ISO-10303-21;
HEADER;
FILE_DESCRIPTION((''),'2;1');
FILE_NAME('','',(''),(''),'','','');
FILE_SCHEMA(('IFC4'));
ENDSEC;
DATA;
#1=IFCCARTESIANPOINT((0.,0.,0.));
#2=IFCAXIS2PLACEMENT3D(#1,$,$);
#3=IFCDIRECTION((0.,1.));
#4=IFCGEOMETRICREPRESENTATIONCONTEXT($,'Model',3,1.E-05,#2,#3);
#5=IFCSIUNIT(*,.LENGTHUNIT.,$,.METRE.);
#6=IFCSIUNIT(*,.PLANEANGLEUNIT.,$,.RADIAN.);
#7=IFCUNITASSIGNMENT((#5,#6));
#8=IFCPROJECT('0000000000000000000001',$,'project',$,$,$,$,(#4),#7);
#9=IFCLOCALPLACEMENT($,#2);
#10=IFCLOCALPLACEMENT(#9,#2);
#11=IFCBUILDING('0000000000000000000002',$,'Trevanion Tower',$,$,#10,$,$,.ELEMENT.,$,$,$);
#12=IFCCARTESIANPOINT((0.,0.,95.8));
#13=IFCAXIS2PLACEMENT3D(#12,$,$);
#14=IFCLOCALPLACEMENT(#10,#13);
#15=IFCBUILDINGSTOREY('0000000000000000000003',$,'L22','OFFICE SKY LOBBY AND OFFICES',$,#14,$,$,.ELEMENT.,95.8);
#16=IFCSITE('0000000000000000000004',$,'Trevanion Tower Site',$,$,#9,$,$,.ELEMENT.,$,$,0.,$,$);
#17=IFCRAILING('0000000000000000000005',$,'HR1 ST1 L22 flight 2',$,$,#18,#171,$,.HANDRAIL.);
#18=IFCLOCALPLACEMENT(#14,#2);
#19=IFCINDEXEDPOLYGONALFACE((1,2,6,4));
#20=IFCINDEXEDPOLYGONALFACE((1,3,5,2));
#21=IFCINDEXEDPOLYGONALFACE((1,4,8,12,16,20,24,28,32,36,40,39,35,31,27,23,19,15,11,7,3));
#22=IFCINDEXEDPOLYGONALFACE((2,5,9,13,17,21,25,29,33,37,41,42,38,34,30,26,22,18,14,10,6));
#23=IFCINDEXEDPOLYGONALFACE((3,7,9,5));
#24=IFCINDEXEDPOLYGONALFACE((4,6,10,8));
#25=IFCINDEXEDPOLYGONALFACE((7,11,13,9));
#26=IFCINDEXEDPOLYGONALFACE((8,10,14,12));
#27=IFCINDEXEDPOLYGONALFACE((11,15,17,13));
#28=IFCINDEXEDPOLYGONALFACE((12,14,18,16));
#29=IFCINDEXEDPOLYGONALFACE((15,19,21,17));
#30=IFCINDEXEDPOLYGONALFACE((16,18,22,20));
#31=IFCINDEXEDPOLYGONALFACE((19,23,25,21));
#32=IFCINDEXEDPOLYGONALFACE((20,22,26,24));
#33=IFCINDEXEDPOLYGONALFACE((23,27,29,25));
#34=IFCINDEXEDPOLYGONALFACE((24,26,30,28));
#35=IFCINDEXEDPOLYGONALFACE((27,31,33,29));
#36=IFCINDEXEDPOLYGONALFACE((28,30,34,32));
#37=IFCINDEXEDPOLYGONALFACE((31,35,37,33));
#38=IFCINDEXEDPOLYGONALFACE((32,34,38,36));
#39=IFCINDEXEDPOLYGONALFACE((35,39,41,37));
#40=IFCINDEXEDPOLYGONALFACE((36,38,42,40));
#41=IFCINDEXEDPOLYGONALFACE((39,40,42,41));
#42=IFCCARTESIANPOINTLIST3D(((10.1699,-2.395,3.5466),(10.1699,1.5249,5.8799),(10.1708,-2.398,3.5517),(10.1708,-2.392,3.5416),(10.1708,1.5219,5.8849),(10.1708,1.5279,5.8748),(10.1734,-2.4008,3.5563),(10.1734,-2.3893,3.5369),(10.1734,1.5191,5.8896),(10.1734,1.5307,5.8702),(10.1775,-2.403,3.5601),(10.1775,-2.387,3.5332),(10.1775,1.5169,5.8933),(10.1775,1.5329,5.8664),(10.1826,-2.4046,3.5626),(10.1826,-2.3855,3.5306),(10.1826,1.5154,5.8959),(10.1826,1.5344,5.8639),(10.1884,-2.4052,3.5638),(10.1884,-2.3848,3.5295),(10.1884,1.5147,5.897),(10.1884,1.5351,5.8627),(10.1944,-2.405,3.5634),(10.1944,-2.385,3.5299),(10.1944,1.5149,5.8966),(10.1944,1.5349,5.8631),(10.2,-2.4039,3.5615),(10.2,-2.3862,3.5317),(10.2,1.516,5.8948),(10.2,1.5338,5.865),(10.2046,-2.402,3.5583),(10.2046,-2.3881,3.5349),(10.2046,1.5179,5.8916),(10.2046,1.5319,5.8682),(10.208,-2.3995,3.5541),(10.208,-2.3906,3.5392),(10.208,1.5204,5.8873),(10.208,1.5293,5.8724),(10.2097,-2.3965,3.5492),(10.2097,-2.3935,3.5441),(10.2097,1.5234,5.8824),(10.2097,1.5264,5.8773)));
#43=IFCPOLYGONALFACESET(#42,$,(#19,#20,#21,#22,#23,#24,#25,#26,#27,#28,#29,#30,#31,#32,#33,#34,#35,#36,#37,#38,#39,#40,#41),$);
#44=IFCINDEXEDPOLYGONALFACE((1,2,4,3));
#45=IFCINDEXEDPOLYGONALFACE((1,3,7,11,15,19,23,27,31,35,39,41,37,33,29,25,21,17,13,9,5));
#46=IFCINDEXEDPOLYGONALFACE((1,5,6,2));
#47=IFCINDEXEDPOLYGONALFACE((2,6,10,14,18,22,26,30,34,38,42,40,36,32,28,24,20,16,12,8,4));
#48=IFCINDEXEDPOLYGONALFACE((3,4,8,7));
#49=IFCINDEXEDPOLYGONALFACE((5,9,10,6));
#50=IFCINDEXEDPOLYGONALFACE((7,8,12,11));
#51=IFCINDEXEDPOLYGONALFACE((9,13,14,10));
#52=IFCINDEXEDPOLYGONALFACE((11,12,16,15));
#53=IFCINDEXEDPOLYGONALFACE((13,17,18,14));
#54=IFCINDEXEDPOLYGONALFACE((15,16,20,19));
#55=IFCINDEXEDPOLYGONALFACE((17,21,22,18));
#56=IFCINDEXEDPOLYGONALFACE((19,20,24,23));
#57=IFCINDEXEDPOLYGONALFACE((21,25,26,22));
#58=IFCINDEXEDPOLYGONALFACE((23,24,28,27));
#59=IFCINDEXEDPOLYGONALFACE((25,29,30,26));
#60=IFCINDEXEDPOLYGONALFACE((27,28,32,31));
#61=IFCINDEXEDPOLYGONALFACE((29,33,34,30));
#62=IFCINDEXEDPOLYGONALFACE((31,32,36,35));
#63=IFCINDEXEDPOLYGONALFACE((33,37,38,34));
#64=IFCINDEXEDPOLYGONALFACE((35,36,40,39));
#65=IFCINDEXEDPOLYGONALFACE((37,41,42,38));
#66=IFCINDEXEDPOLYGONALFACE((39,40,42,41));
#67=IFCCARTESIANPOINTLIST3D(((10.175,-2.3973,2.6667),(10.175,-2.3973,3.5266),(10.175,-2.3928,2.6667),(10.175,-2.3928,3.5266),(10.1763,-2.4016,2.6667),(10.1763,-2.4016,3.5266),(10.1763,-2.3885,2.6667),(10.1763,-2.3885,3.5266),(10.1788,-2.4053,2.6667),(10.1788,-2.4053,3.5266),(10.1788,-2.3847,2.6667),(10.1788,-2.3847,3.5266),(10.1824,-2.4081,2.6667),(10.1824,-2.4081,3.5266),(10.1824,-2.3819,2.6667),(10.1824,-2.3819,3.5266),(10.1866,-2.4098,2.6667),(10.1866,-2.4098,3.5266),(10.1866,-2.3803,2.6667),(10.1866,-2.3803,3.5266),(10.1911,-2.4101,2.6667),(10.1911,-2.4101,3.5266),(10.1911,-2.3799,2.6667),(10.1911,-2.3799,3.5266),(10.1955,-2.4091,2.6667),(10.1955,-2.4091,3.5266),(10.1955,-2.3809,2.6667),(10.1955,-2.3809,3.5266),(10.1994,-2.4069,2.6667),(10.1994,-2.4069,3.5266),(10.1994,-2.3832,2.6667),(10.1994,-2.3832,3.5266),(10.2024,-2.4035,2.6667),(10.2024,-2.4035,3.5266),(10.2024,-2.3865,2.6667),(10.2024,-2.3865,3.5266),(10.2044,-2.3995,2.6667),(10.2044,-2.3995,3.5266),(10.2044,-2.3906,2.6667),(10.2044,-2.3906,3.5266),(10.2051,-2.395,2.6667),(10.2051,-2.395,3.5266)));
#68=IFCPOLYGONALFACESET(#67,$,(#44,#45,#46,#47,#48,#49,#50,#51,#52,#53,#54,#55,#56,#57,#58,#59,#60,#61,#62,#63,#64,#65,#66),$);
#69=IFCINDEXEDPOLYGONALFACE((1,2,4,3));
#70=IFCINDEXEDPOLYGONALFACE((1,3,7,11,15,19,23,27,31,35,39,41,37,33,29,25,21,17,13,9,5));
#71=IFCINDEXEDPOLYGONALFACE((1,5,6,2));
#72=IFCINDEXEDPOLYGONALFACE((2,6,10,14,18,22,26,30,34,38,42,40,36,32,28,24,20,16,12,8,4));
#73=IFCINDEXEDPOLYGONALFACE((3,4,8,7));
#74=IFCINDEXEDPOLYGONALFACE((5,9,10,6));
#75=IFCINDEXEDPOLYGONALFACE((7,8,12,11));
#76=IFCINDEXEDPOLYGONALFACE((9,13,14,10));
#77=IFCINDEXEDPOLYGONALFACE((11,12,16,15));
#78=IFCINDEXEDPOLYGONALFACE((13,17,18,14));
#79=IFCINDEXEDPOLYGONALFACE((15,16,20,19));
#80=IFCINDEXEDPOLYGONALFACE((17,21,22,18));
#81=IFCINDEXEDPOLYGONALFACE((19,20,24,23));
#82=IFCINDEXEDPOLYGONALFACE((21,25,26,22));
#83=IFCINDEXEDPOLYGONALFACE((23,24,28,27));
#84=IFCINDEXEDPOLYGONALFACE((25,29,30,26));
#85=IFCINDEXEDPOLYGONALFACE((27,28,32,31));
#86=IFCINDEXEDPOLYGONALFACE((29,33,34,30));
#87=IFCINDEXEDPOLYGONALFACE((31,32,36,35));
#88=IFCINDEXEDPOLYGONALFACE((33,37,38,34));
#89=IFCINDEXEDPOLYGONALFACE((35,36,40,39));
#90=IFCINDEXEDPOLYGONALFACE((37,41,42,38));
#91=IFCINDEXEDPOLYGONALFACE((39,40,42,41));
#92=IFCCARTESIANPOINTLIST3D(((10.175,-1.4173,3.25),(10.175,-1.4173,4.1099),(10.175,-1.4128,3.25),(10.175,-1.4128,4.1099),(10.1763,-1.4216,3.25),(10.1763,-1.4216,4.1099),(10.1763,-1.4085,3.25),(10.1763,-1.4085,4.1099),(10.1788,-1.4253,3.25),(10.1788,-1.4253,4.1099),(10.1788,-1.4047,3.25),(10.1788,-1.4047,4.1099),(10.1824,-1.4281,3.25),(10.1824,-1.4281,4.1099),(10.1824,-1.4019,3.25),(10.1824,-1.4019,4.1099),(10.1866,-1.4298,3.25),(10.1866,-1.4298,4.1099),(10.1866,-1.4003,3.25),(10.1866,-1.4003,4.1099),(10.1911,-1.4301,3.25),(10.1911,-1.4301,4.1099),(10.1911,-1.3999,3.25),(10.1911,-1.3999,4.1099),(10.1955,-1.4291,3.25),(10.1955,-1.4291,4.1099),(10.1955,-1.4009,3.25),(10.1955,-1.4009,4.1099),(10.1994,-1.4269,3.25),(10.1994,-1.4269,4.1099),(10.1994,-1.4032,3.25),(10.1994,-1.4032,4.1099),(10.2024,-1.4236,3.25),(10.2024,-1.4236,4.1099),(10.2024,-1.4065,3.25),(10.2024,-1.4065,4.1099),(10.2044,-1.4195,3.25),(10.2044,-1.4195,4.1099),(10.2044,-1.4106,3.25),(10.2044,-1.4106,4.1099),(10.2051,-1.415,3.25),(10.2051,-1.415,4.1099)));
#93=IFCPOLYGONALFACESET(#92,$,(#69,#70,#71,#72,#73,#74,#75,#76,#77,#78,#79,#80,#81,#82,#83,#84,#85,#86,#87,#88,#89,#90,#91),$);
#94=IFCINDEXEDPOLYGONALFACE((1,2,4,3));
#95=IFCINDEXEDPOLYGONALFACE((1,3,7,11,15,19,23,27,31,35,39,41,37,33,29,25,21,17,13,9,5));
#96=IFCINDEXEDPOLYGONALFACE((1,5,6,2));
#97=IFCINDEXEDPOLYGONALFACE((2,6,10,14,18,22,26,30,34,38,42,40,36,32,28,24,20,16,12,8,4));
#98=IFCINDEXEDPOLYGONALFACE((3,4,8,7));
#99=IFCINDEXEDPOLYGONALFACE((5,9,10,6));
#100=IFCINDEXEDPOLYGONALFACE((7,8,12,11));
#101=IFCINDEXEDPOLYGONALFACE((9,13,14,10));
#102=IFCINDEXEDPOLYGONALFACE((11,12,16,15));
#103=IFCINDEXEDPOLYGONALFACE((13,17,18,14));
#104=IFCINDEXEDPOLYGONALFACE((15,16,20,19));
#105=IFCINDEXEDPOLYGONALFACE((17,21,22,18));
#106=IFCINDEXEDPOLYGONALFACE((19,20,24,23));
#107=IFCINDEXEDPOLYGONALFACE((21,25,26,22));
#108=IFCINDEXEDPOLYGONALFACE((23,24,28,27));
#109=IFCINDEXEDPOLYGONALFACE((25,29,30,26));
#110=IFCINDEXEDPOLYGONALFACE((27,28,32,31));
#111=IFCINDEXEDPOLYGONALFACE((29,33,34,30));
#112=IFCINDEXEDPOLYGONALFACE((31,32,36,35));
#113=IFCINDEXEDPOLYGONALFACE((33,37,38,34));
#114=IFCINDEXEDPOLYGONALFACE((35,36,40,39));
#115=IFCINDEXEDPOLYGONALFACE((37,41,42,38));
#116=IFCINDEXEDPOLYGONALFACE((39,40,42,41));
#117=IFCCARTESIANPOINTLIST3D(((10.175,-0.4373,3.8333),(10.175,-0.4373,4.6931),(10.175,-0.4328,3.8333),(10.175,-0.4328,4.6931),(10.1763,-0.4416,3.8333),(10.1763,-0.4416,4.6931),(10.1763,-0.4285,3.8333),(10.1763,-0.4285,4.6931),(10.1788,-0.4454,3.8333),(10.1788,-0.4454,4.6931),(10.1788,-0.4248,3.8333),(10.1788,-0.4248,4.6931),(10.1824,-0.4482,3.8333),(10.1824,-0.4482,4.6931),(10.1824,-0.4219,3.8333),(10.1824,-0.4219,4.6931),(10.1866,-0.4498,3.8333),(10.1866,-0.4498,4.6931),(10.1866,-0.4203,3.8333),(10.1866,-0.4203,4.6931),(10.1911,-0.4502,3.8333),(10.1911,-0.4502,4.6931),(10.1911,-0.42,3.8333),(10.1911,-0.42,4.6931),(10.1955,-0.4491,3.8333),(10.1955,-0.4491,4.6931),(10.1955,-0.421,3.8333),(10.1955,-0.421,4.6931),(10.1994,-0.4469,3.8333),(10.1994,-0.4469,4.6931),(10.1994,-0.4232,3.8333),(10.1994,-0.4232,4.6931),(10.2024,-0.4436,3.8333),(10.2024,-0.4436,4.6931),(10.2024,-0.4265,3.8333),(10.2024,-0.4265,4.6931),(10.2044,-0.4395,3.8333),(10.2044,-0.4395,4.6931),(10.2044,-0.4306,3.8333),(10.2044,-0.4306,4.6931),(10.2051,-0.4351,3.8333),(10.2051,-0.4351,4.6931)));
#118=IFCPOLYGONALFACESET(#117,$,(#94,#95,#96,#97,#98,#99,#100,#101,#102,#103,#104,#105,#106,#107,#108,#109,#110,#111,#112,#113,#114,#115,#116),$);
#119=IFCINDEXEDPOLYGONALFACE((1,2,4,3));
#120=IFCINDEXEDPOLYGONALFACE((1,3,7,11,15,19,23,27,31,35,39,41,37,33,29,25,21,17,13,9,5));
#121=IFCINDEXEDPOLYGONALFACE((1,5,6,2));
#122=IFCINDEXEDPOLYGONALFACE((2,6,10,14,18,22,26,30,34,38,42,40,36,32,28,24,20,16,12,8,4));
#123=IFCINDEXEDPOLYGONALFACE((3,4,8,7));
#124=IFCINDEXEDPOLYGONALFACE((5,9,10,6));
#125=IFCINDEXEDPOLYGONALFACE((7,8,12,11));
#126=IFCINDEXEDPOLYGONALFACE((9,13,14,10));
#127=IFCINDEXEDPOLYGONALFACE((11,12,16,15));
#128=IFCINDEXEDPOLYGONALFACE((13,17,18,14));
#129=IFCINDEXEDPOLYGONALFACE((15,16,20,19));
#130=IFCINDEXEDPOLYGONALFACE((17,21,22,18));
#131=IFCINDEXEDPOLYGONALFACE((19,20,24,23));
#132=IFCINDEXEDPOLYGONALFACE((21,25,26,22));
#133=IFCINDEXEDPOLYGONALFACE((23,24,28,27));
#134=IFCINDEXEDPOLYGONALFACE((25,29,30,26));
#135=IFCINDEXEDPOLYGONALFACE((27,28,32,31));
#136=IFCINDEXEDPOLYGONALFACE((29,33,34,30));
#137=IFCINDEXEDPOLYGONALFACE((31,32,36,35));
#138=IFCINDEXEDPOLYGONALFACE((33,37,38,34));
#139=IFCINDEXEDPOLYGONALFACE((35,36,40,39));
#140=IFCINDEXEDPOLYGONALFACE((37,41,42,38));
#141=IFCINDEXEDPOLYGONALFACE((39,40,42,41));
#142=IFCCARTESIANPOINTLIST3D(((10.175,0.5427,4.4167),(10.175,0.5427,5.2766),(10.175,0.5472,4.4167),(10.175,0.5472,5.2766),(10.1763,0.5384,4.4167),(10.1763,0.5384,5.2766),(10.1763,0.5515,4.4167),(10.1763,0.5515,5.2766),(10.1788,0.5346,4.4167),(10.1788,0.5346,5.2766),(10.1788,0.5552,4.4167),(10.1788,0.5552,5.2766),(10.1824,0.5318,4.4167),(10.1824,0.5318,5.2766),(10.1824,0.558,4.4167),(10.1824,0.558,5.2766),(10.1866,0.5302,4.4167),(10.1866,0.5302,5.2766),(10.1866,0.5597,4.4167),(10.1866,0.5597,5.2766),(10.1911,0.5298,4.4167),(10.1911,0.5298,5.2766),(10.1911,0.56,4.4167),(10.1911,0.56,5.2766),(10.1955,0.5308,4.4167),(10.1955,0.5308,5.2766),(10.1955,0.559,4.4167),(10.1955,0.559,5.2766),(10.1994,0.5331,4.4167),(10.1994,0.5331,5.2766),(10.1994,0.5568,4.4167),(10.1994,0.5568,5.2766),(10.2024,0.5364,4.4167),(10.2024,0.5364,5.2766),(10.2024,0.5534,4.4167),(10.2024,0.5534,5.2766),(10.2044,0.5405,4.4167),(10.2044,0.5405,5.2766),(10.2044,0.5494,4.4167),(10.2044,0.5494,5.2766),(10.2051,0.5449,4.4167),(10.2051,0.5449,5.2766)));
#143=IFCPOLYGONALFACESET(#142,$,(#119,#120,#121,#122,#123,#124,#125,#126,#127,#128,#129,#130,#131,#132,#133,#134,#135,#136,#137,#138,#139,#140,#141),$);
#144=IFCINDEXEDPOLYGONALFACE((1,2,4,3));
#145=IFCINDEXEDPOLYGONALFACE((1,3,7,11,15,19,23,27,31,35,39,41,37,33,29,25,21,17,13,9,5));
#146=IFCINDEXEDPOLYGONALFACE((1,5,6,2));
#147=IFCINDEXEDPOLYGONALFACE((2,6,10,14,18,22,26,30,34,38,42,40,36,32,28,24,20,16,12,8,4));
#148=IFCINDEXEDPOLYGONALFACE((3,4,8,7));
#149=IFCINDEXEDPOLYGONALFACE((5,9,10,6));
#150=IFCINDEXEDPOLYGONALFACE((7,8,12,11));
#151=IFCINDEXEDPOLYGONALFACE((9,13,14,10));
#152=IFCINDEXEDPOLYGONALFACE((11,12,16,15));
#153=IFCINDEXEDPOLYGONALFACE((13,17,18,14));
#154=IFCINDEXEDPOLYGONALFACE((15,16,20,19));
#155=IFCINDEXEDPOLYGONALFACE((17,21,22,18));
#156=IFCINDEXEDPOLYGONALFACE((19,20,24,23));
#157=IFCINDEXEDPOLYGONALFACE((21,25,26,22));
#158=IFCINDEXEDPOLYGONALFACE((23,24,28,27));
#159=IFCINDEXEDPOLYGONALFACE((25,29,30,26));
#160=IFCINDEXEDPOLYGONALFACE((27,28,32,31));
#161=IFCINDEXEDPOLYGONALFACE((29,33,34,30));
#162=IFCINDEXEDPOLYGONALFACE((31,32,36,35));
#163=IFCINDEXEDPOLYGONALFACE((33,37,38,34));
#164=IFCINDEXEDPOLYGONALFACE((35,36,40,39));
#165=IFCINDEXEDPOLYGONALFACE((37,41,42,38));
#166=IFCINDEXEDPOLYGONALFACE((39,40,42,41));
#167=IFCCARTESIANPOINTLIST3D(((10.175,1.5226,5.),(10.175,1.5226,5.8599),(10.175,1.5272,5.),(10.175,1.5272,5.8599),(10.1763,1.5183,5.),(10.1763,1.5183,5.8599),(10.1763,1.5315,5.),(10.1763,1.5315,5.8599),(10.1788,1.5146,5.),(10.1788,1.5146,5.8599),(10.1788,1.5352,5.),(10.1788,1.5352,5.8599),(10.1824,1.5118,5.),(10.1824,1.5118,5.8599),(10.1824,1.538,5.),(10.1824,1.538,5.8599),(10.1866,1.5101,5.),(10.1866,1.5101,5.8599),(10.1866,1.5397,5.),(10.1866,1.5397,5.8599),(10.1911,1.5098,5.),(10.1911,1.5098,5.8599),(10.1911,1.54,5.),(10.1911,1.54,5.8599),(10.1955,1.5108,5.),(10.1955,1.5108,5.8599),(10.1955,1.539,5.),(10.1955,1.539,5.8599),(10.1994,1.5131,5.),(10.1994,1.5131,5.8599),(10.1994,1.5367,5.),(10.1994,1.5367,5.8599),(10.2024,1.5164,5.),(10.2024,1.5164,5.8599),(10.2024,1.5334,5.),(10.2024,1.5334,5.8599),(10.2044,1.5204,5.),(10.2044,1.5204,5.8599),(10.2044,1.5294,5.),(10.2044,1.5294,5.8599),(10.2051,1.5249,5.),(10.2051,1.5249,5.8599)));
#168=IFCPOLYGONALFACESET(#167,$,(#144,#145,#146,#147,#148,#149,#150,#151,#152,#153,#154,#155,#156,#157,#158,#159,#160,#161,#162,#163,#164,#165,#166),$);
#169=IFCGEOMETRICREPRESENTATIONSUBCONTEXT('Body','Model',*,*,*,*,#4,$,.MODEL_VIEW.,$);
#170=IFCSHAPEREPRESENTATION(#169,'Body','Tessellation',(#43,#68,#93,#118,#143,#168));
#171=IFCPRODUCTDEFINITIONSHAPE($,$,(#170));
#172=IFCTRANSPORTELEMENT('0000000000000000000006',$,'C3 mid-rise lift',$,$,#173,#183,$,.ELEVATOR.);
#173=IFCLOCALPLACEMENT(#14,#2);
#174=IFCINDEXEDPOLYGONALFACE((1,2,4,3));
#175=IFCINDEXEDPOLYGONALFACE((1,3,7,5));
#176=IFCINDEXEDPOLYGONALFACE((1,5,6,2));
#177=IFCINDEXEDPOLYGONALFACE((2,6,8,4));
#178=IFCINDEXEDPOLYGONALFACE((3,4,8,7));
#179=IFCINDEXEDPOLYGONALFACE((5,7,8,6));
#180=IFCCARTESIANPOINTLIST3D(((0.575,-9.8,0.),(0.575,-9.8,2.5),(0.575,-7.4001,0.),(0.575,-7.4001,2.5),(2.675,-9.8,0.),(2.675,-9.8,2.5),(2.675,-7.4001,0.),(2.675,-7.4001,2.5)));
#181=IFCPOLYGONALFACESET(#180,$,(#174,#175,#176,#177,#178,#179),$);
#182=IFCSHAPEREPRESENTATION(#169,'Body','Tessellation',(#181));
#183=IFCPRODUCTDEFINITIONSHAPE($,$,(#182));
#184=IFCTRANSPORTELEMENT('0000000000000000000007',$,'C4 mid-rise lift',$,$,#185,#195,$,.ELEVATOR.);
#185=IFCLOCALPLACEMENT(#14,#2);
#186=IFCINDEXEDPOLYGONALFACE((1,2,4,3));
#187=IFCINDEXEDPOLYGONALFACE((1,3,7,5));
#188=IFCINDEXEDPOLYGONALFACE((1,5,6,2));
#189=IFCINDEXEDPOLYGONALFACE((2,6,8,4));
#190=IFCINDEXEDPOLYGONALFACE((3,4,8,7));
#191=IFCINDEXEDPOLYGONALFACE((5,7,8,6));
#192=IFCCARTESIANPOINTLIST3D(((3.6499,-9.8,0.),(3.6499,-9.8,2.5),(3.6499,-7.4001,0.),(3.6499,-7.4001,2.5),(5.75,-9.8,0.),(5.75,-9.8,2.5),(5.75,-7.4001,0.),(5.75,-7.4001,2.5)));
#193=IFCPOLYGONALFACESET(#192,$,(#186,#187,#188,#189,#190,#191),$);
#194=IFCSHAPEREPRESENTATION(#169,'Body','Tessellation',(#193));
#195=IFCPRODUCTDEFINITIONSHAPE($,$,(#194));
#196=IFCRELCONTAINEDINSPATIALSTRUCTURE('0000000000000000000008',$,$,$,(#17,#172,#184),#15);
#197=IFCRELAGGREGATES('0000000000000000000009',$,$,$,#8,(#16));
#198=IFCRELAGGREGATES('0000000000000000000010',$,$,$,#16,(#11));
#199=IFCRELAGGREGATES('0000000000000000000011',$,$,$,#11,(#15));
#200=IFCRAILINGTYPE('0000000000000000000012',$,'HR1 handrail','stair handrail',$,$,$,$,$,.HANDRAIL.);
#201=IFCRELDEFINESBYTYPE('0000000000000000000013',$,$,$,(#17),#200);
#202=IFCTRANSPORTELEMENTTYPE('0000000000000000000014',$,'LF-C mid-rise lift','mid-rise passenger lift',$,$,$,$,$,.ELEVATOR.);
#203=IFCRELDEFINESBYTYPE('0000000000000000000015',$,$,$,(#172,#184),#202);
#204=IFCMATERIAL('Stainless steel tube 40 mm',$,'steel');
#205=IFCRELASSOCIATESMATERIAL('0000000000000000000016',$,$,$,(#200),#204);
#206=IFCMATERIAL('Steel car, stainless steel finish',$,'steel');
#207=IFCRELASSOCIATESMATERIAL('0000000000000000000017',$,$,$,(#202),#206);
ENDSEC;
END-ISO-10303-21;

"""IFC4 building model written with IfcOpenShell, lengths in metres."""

from ifc_helpers import new_model, si_unit, direction, frame, origin, origin_2d, place, context, subcontext, project, spatial, rectangle, circle, extrude, material, type_object, element, save


model = new_model("IFC4")

# Units and contexts
model_context = context("Model", 3, precision=1e-05, world=origin(), true_north=direction((0.0, 1.0)))
body_context = subcontext(model_context, "Body", "Model", "MODEL_VIEW")
ifc_project = project(units=[si_unit("LENGTHUNIT", "METRE"), si_unit("PLANEANGLEUNIT", "RADIAN")], contexts=[model_context])

# Site, building, storey
site_placement = place(None, origin())
site = spatial("IfcSite", under=ifc_project, at=site_placement, Name="Trevanion Tower Site", CompositionType="ELEMENT", RefElevation=0.0)
building_placement = place(site_placement, origin())
building = spatial("IfcBuilding", under=site, at=building_placement, Name="Trevanion Tower", CompositionType="ELEMENT")
storey_placement = place(building_placement, frame((0.0, 0.0, 95.8)))
storey = spatial("IfcBuildingStorey", under=building, at=storey_placement, Name="L22", Description="OFFICE SKY LOBBY AND OFFICES", CompositionType="ELEMENT", Elevation=95.8)

# Railing
ifc_material_1 = material(Name="Stainless steel tube 40 mm", Category="steel")
railing_type = type_object("IfcRailingType", Name="HR1 handrail", Description="stair handrail", PredefinedType="HANDRAIL", material=ifc_material_1)
for number, where, name in (
    (1, (10.1899, -2.395, 2.6667), "HR1 ST1 L22 flight 2"),
):
    element("IfcRailing", number, at=place(storey_placement, frame(where)), inside=storey, type_object=railing_type, Name=name, PredefinedType="HANDRAIL", context=body_context, shape_type="SweptSolid", body=[
        extrude(circle(Radius=0.02, at=origin_2d()), frame((0.0, 0.0, 0.8799), z_axis=(0.0, 0.859296, 0.511478), x_axis=(-1.0, 0.0, 0.0)), (0.0, 0.0, 1.0), 4.5618),
        extrude(circle(Radius=0.0151, at=origin_2d()), origin(), (0.0, 0.0, 1.0), 0.8599),
        extrude(circle(Radius=0.0151, at=origin_2d()), frame((0.0, 0.98, 0.5833)), (0.0, 0.0, 1.0), 0.8599),
        extrude(circle(Radius=0.0151, at=origin_2d()), frame((0.0, 1.96, 1.1665)), (0.0, 0.0, 1.0), 0.8599),
        extrude(circle(Radius=0.0151, at=origin_2d()), frame((0.0, 2.9399, 1.75)), (0.0, 0.0, 1.0), 0.8599),
        extrude(circle(Radius=0.0151, at=origin_2d()), frame((0.0, 3.9199, 2.3333)), (0.0, 0.0, 1.0), 0.8599),
    ])

# Transport elements
ifc_material_2 = material(Name="Steel car, stainless steel finish", Category="steel")
transport_element_type = type_object("IfcTransportElementType", Name="LF-C mid-rise lift", Description="mid-rise passenger lift", PredefinedType="ELEVATOR", material=ifc_material_2)
for number, where, z_axis, x_axis, name in (
    (2, (1.625, -8.6001, 0.0), (0.0, 0.0, 1.0), (1.0, 0.0, 0.0), "C3 mid-rise lift"),
    (3, (4.7, -8.6001, 0.0), (0.0, 0.0, 1.0), (1.0, 0.0, 0.0), "C4 mid-rise lift"),
):
    element("IfcTransportElement", number, at=place(storey_placement, frame(where, z_axis=z_axis, x_axis=x_axis)), inside=storey, type_object=transport_element_type, Name=name, PredefinedType="ELEVATOR", context=body_context, shape_type="SweptSolid", body=[
        extrude(rectangle(XDim=2.1001, YDim=2.3999, at=origin_2d()), origin(), (0.0, 0.0, 1.0), 2.5),
    ])

save(model, "model.ifc")
